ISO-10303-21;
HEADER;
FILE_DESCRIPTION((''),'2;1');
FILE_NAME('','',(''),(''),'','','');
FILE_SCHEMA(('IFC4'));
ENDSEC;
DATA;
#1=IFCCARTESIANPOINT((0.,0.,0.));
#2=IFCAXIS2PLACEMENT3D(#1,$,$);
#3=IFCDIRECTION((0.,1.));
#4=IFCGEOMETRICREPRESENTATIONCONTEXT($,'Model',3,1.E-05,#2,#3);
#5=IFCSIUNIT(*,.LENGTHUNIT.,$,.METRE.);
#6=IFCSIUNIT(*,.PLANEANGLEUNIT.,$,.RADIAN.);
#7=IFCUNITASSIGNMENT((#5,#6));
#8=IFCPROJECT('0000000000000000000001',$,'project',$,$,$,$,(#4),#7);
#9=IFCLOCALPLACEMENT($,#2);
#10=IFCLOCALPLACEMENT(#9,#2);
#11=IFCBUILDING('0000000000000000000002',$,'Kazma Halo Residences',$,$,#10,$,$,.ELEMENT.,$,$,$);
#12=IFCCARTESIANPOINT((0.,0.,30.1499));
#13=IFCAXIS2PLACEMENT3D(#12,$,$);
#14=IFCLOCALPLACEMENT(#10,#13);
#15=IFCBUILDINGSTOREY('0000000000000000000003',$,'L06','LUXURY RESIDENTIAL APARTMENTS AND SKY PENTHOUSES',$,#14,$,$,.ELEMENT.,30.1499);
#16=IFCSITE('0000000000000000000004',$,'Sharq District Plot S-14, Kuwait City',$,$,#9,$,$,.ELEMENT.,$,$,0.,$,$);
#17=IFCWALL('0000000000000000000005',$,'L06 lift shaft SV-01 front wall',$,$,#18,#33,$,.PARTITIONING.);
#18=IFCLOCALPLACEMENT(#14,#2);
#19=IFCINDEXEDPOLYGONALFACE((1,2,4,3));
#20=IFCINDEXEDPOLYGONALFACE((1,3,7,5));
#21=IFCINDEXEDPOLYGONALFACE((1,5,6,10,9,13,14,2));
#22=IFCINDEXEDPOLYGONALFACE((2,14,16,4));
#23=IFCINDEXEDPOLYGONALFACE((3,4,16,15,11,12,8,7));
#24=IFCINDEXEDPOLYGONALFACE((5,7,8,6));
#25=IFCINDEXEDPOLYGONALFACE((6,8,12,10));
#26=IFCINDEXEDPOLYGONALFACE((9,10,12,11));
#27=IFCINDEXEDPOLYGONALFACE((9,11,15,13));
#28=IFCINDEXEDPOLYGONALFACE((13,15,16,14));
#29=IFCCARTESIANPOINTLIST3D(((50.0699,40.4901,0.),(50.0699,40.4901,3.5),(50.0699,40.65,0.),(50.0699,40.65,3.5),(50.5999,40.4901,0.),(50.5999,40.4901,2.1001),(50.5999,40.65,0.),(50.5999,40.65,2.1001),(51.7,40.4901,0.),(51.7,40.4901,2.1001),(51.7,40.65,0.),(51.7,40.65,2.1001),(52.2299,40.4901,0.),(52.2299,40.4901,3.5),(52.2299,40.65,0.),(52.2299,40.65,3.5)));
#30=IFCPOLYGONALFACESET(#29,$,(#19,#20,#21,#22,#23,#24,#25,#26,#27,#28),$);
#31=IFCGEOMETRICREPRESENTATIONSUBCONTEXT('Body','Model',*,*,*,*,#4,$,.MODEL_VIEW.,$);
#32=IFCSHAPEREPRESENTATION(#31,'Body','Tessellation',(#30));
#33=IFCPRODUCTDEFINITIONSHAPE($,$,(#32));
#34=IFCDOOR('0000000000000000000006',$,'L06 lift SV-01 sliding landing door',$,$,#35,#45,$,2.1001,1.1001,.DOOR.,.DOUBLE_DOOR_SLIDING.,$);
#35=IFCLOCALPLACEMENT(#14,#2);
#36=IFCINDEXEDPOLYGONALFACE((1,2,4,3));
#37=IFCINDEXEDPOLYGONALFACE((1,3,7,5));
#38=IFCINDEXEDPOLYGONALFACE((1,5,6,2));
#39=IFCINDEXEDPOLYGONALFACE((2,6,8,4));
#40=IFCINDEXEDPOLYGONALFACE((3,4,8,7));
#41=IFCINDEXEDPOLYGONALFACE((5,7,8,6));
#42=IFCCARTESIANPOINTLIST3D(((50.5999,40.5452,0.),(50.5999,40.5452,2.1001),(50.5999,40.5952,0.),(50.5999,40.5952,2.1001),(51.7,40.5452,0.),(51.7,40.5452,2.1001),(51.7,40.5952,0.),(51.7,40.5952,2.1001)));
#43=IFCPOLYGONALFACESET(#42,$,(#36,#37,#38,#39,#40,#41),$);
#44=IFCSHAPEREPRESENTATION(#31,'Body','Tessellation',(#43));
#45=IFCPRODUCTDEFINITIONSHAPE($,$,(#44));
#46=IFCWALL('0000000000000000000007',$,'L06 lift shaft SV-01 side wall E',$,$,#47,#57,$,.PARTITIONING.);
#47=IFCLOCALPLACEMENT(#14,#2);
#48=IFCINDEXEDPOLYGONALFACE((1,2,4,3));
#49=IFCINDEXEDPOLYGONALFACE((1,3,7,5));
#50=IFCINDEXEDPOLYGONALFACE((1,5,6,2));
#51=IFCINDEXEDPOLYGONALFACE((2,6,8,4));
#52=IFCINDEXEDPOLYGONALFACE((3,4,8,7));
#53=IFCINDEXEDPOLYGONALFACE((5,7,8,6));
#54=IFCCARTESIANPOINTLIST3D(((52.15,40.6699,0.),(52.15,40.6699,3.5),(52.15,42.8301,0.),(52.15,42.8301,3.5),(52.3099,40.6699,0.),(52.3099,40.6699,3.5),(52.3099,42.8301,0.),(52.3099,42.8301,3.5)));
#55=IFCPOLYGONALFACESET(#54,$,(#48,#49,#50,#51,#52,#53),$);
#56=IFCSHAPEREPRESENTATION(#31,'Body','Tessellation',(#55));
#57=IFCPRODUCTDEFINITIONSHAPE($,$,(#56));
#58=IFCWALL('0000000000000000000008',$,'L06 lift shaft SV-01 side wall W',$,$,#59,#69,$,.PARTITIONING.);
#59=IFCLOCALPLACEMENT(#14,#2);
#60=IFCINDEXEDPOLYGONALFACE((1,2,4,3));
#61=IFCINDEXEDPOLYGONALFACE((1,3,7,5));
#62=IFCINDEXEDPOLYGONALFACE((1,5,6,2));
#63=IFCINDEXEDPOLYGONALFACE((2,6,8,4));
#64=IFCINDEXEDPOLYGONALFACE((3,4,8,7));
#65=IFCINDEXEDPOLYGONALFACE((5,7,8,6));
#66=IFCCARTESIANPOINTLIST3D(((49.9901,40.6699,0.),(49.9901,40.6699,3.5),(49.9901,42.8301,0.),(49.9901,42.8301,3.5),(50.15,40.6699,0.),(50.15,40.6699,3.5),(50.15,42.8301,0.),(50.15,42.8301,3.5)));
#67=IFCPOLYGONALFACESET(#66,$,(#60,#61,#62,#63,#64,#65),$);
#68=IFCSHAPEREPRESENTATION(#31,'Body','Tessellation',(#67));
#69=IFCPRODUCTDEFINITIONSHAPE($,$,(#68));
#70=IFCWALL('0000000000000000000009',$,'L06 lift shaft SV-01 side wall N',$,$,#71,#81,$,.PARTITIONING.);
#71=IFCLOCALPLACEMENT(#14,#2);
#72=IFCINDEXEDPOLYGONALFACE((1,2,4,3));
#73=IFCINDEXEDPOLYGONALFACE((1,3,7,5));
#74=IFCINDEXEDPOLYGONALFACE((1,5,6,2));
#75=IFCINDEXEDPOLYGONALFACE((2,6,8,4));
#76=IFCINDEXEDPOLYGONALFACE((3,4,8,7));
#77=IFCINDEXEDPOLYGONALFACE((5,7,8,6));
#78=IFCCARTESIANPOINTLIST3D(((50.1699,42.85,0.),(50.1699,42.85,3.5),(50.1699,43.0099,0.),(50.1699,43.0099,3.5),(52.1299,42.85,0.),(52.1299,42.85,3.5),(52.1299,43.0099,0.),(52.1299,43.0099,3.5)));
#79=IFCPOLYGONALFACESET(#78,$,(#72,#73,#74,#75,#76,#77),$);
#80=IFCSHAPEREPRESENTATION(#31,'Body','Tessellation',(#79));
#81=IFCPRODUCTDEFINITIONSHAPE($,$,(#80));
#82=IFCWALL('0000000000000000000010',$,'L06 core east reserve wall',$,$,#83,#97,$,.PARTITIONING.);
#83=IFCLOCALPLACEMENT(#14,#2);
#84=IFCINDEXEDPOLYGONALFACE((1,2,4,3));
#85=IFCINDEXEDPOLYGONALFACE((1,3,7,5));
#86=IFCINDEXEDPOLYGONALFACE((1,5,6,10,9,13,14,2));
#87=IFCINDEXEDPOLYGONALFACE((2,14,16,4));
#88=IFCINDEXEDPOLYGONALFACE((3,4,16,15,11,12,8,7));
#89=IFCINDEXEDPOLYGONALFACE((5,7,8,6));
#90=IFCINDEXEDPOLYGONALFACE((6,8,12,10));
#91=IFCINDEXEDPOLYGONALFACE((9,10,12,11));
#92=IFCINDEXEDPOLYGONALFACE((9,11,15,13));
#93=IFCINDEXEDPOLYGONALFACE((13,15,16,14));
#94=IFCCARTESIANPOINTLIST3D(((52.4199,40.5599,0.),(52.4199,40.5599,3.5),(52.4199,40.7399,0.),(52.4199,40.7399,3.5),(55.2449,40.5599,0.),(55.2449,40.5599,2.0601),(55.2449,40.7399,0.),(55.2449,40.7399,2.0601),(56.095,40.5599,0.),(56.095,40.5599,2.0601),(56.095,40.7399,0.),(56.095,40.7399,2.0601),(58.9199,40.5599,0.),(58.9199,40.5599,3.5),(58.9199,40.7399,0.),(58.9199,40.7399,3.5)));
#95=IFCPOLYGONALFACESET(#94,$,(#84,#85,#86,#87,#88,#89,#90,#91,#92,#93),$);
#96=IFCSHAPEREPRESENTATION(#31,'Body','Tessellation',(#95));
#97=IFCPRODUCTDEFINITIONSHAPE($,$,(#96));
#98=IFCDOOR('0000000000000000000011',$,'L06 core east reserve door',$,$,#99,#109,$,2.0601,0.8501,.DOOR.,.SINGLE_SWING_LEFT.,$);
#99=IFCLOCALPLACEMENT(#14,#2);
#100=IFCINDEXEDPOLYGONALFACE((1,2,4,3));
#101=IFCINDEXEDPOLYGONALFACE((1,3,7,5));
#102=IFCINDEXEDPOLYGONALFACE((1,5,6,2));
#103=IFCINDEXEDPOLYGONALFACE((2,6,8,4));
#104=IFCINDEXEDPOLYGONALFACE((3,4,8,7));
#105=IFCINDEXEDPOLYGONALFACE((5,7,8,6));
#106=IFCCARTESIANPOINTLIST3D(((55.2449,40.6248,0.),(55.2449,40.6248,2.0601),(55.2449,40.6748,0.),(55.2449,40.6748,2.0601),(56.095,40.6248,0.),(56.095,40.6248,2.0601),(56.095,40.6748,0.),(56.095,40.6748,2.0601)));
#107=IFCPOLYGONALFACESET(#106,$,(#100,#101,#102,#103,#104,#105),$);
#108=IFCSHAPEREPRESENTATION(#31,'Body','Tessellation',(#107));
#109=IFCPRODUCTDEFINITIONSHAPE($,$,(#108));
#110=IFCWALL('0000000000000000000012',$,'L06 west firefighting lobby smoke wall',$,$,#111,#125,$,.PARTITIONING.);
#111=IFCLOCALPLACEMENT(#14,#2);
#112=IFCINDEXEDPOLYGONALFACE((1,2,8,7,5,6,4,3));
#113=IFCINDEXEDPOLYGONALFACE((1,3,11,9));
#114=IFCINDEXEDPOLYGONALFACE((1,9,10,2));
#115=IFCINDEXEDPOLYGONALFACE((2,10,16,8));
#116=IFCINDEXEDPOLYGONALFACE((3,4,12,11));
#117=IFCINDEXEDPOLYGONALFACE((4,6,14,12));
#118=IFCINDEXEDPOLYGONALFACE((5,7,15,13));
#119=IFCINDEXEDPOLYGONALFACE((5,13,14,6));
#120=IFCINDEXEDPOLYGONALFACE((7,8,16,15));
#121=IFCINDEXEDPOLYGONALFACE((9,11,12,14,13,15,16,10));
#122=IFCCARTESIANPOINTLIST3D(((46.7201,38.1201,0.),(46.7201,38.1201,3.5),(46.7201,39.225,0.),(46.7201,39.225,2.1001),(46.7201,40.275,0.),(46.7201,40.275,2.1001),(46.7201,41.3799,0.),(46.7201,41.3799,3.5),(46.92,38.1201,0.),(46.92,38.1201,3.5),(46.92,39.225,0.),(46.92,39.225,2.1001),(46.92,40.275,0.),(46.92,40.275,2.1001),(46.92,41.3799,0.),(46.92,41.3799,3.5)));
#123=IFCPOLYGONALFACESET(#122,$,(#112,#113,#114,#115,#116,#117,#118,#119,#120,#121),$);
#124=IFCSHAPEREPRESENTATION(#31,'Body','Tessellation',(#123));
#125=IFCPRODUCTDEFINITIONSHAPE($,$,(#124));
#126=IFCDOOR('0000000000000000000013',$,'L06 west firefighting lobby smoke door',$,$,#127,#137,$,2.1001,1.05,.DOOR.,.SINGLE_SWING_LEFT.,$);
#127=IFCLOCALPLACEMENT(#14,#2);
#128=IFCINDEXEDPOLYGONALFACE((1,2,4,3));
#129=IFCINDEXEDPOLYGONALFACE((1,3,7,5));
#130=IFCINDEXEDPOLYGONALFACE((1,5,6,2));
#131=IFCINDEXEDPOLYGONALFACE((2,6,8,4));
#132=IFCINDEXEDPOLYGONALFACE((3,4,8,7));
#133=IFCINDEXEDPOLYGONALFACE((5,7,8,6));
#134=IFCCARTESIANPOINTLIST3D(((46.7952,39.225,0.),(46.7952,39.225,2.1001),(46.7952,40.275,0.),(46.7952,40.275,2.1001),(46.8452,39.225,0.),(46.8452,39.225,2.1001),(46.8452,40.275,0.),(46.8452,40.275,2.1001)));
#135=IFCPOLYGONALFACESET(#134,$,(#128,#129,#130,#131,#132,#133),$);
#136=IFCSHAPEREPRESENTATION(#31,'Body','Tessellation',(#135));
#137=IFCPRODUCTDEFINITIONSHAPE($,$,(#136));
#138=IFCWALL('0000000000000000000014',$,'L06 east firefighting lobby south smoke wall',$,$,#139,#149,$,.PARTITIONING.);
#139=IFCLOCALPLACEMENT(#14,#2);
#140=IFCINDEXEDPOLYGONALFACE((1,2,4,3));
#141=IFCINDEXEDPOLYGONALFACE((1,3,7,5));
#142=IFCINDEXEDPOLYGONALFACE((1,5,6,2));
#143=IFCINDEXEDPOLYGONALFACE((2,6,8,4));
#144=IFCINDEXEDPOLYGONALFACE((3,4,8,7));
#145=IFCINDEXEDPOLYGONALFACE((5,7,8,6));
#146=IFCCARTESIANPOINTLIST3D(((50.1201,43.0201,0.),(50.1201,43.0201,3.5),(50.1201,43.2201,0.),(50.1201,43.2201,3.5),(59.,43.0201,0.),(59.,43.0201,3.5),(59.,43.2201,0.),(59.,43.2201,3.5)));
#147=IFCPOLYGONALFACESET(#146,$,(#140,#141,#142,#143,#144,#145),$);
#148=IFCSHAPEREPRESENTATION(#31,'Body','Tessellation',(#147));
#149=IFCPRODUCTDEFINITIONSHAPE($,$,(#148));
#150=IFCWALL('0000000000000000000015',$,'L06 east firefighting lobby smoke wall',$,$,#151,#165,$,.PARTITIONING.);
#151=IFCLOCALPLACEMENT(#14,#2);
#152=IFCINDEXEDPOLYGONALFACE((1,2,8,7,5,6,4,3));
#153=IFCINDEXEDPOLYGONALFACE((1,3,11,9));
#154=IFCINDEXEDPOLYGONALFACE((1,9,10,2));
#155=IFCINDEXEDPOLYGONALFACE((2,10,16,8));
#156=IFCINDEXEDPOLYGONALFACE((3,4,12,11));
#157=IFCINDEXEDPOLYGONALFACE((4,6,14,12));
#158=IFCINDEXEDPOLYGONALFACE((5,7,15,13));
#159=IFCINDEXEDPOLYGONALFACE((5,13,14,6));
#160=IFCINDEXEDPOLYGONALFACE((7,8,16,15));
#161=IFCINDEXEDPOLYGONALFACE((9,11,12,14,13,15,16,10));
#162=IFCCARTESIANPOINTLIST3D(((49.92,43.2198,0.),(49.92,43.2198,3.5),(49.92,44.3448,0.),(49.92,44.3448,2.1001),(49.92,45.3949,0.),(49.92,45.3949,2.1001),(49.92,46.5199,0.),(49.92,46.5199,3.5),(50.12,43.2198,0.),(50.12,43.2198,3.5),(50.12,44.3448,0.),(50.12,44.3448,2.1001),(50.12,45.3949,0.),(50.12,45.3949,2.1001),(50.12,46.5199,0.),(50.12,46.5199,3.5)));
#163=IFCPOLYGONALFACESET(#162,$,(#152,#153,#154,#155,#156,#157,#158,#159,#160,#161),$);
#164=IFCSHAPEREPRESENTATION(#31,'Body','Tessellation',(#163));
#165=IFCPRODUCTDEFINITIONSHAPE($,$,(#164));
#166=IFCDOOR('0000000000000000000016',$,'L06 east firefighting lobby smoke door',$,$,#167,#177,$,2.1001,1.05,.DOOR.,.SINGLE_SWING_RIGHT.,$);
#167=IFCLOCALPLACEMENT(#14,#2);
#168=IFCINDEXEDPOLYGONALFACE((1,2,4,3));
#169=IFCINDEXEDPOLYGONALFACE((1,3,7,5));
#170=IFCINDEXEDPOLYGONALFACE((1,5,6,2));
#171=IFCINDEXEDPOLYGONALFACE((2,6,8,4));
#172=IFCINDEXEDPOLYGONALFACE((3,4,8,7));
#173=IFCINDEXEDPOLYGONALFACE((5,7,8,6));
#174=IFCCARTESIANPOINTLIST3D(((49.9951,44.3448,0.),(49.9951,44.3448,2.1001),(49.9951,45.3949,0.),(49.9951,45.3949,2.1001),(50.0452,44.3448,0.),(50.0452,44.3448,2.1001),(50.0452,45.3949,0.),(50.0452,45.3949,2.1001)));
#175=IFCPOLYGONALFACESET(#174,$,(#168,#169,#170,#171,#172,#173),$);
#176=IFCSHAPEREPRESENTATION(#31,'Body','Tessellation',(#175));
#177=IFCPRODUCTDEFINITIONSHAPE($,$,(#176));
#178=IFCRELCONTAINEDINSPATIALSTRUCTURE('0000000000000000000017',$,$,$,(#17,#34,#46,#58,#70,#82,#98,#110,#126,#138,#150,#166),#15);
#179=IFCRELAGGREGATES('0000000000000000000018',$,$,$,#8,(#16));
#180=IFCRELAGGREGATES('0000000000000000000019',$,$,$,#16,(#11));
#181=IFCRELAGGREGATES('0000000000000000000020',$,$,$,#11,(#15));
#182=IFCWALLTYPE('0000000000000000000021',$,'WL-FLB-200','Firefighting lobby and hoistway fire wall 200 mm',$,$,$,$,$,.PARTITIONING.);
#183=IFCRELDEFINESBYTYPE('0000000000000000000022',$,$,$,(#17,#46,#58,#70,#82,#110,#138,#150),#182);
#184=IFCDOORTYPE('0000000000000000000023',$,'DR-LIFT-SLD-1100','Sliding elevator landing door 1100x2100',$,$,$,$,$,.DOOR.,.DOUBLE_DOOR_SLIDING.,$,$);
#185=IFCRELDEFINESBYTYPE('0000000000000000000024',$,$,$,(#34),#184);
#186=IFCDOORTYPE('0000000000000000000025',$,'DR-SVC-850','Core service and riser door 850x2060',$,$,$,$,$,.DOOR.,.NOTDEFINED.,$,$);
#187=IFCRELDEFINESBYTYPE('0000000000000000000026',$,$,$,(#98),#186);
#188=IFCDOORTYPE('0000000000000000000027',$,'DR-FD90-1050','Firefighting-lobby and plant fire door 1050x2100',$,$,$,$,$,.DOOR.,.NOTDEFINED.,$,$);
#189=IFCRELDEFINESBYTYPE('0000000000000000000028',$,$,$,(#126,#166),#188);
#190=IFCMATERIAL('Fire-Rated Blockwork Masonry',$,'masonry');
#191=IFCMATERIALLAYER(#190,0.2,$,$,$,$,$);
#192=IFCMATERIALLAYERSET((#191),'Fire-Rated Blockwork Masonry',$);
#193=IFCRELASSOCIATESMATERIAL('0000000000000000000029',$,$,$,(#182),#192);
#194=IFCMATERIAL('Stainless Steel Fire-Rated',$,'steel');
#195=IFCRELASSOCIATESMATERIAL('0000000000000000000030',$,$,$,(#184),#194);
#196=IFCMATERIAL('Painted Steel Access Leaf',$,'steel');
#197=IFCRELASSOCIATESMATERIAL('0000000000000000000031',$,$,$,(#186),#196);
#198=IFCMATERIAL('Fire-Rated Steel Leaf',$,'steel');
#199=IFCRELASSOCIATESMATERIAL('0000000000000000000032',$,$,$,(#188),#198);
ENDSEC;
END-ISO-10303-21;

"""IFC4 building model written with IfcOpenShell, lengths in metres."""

from ifc_helpers import new_model, si_unit, direction, frame, frame_2d, origin, place, context, subcontext, project, spatial, rectangle, extrude, material, layer, layer_set, type_object, element, fill, save


model = new_model("IFC4")

# Units and contexts
model_context = context("Model", 3, precision=1e-05, world=origin(), true_north=direction((0.0, 1.0)))
body_context = subcontext(model_context, "Body", "Model", "MODEL_VIEW")
ifc_project = project(units=[si_unit("LENGTHUNIT", "METRE"), si_unit("PLANEANGLEUNIT", "RADIAN")], contexts=[model_context])

# Site, building, storey
site_placement = place(None, origin())
site = spatial("IfcSite", under=ifc_project, at=site_placement, Name="Sharq District Plot S-14, Kuwait City", CompositionType="ELEMENT", RefElevation=0.0)
building_placement = place(site_placement, origin())
building = spatial("IfcBuilding", under=site, at=building_placement, Name="Kazma Halo Residences", CompositionType="ELEMENT")
storey_placement = place(building_placement, frame((0.0, 0.0, 30.1499)))
storey = spatial("IfcBuildingStorey", under=building, at=storey_placement, Name="L06", Description="LUXURY RESIDENTIAL APARTMENTS AND SKY PENTHOUSES", CompositionType="ELEMENT", Elevation=30.1499)

# Shared definitions
ifc_material_1 = material(Name="Fire-Rated Blockwork Masonry", Category="masonry")
ifc_layer_1 = layer(ifc_material_1, 0.2)
ifc_layer_set_1 = layer_set([ifc_layer_1], Name="Fire-Rated Blockwork Masonry")
wall_type_1 = type_object("IfcWallType", Name="WL-FLB-200", Description="Firefighting lobby and hoistway fire wall 200 mm", PredefinedType="PARTITIONING", material=ifc_layer_set_1)

# Wall, opening, door
wall_1_placement = place(storey_placement, frame((52.23, 40.5701, 0.0), z_axis=(0.0, 0.0, 1.0), x_axis=(-1.0, 0.0, 0.0)))
wall_1 = element("IfcWall", 1, at=wall_1_placement, inside=storey, type_object=wall_type_1, Name="L06 lift shaft SV-01 front wall", PredefinedType="PARTITIONING", context=body_context, shape_type="SweptSolid", body=[
    extrude(rectangle(XDim=2.1599, YDim=0.1599, at=frame_2d((1.0801, 0.0))), origin(), (0.0, 0.0, 1.0), 3.5),
])
opening_1_placement = place(wall_1_placement, frame((0.53, 0.0, 0.0)))
opening_1 = element("IfcOpeningElement", 2, at=opening_1_placement, cuts=wall_1, PredefinedType="OPENING", context=body_context, shape_type="SweptSolid", body=[
    extrude(rectangle(XDim=1.1001, YDim=2.1001, at=frame_2d((0.55, 1.05))), frame((0.0, 0.0898, 0.0), z_axis=(0.0, -1.0, 0.0), x_axis=(1.0, 0.0, 0.0)), (0.0, 0.0, 1.0), 0.1799),
])
ifc_material_2 = material(Name="Stainless Steel Fire-Rated", Category="steel")
door_type_1 = type_object("IfcDoorType", Name="DR-LIFT-SLD-1100", Description="Sliding elevator landing door 1100x2100", OperationType="DOUBLE_DOOR_SLIDING", PredefinedType="DOOR", material=ifc_material_2)
door_1_placement = place(opening_1_placement, origin())
door_1 = element("IfcDoor", 3, at=door_1_placement, inside=storey, type_object=door_type_1, Name="L06 lift SV-01 sliding landing door", OperationType="DOUBLE_DOOR_SLIDING", OverallHeight=2.1001, OverallWidth=1.1001, PredefinedType="DOOR", context=body_context, shape_type="SweptSolid", body=[
    extrude(rectangle(XDim=1.1001, YDim=2.1001, at=frame_2d((0.55, 1.05))), frame((0.0, 0.0249, 0.0), z_axis=(0.0, -1.0, 0.0), x_axis=(1.0, 0.0, 0.0)), (0.0, 0.0, 1.0), 0.05),
])
fill(opening_1, door_1)

# Walls
for number, where, z_axis, x_axis, name in (
    (4, (52.23, 40.6699, 0.0), (0.0, 0.0, 1.0), (0.0, 1.0, 0.0), "L06 lift shaft SV-01 side wall E"),
    (5, (50.0701, 40.6699, 0.0), (0.0, 0.0, 1.0), (0.0, 1.0, 0.0), "L06 lift shaft SV-01 side wall W"),
):
    element("IfcWall", number, at=place(storey_placement, frame(where, z_axis=z_axis, x_axis=x_axis)), inside=storey, type_object=wall_type_1, Name=name, PredefinedType="PARTITIONING", context=body_context, shape_type="SweptSolid", body=[
        extrude(rectangle(XDim=2.1602, YDim=0.1599, at=frame_2d((1.0801, 0.0))), origin(), (0.0, 0.0, 1.0), 3.5),
    ])
wall_2_placement = place(storey_placement, frame((50.1699, 42.9299, 0.0), z_axis=(0.0, 0.0, 1.0), x_axis=(1.0, 0.0, 0.0)))
element("IfcWall", 6, at=wall_2_placement, inside=storey, type_object=wall_type_1, Name="L06 lift shaft SV-01 side wall N", PredefinedType="PARTITIONING", context=body_context, shape_type="SweptSolid", body=[
    extrude(rectangle(XDim=1.96, YDim=0.1599, at=frame_2d((0.98, 0.0))), origin(), (0.0, 0.0, 1.0), 3.5),
])

# Walls, openings, doors
wall_3_placement = place(storey_placement, frame((52.4199, 40.6499, 0.0), z_axis=(0.0, 0.0, 1.0), x_axis=(1.0, 0.0, 0.0)))
wall_3 = element("IfcWall", 7, at=wall_3_placement, inside=storey, type_object=wall_type_1, Name="L06 core east reserve wall", PredefinedType="PARTITIONING", context=body_context, shape_type="SweptSolid", body=[
    extrude(rectangle(XDim=6.5, YDim=0.1799, at=frame_2d((3.25, 0.0))), origin(), (0.0, 0.0, 1.0), 3.5),
])
opening_2_placement = place(wall_3_placement, frame((2.825, 0.0, 0.0)))
opening_2 = element("IfcOpeningElement", 8, at=opening_2_placement, cuts=wall_3, PredefinedType="OPENING", context=body_context, shape_type="SweptSolid", body=[
    extrude(rectangle(XDim=0.8501, YDim=2.0601, at=frame_2d((0.425, 1.03))), frame((0.0, 0.0999, 0.0), z_axis=(0.0, -1.0, 0.0), x_axis=(1.0, 0.0, 0.0)), (0.0, 0.0, 1.0), 0.2),
])
ifc_material_3 = material(Name="Painted Steel Access Leaf", Category="steel")
door_type_2 = type_object("IfcDoorType", Name="DR-SVC-850", Description="Core service and riser door 850x2060", OperationType="NOTDEFINED", PredefinedType="DOOR", material=ifc_material_3)
door_2_placement = place(opening_2_placement, origin())
door_2 = element("IfcDoor", 9, at=door_2_placement, inside=storey, type_object=door_type_2, Name="L06 core east reserve door", OperationType="SINGLE_SWING_LEFT", OverallHeight=2.0601, OverallWidth=0.8501, PredefinedType="DOOR", context=body_context, shape_type="SweptSolid", body=[
    extrude(rectangle(XDim=0.8501, YDim=2.0601, at=frame_2d((0.425, 1.03))), frame((0.0, 0.0249, 0.0), z_axis=(0.0, -1.0, 0.0), x_axis=(1.0, 0.0, 0.0)), (0.0, 0.0, 1.0), 0.05),
])
fill(opening_2, door_2)
wall_4_placement = place(storey_placement, frame((46.8201, 38.1201, 0.0), z_axis=(0.0, 0.0, 1.0), x_axis=(0.0, 1.0, 0.0)))
wall_4 = element("IfcWall", 10, at=wall_4_placement, inside=storey, type_object=wall_type_1, Name="L06 west firefighting lobby smoke wall", PredefinedType="PARTITIONING", context=body_context, shape_type="SweptSolid", body=[
    extrude(rectangle(XDim=3.2598, YDim=0.2, at=frame_2d((1.6299, 0.0))), origin(), (0.0, 0.0, 1.0), 3.5),
])
opening_3_placement = place(wall_4_placement, frame((1.105, 0.0, 0.0)))
opening_3 = element("IfcOpeningElement", 11, at=opening_3_placement, cuts=wall_4, PredefinedType="OPENING", context=body_context, shape_type="SweptSolid", body=[
    extrude(rectangle(XDim=1.05, YDim=2.1001, at=frame_2d((0.5249, 1.05))), frame((0.0, 0.1099, 0.0), z_axis=(0.0, -1.0, 0.0), x_axis=(1.0, 0.0, 0.0)), (0.0, 0.0, 1.0), 0.22),
])
ifc_material_4 = material(Name="Fire-Rated Steel Leaf", Category="steel")
door_type_3 = type_object("IfcDoorType", Name="DR-FD90-1050", Description="Firefighting-lobby and plant fire door 1050x2100", OperationType="NOTDEFINED", PredefinedType="DOOR", material=ifc_material_4)
door_3_placement = place(opening_3_placement, origin())
door_3 = element("IfcDoor", 12, at=door_3_placement, inside=storey, type_object=door_type_3, Name="L06 west firefighting lobby smoke door", OperationType="SINGLE_SWING_LEFT", OverallHeight=2.1001, OverallWidth=1.05, PredefinedType="DOOR", context=body_context, shape_type="SweptSolid", body=[
    extrude(rectangle(XDim=1.05, YDim=2.1001, at=frame_2d((0.5249, 1.05))), frame((0.0, 0.0249, 0.0), z_axis=(0.0, -1.0, 0.0), x_axis=(1.0, 0.0, 0.0)), (0.0, 0.0, 1.0), 0.05),
])
fill(opening_3, door_3)

# Wall
wall_5_placement = place(storey_placement, frame((50.1201, 43.1201, 0.0), z_axis=(0.0, 0.0, 1.0), x_axis=(1.0, 0.0, 0.0)))
element("IfcWall", 13, at=wall_5_placement, inside=storey, type_object=wall_type_1, Name="L06 east firefighting lobby south smoke wall", PredefinedType="PARTITIONING", context=body_context, shape_type="SweptSolid", body=[
    extrude(rectangle(XDim=8.8799, YDim=0.2, at=frame_2d((4.4399, 0.0))), origin(), (0.0, 0.0, 1.0), 3.5),
])

# Wall, opening, door
wall_6_placement = place(storey_placement, frame((50.02, 43.22, 0.0), z_axis=(0.0, 0.0, 1.0), x_axis=(0.0, 1.0, 0.0)))
wall_6 = element("IfcWall", 14, at=wall_6_placement, inside=storey, type_object=wall_type_1, Name="L06 east firefighting lobby smoke wall", PredefinedType="PARTITIONING", context=body_context, shape_type="SweptSolid", body=[
    extrude(rectangle(XDim=3.3, YDim=0.2, at=frame_2d((1.6499, 0.0))), origin(), (0.0, 0.0, 1.0), 3.5),
])
opening_4_placement = place(wall_6_placement, frame((1.125, 0.0, 0.0)))
opening_4 = element("IfcOpeningElement", 15, at=opening_4_placement, cuts=wall_6, PredefinedType="OPENING", context=body_context, shape_type="SweptSolid", body=[
    extrude(rectangle(XDim=1.05, YDim=2.1001, at=frame_2d((0.5249, 1.05))), frame((0.0, 0.1099, 0.0), z_axis=(0.0, -1.0, 0.0), x_axis=(1.0, 0.0, 0.0)), (0.0, 0.0, 1.0), 0.22),
])
door_4_placement = place(opening_4_placement, origin())
door_4 = element("IfcDoor", 16, at=door_4_placement, inside=storey, type_object=door_type_3, Name="L06 east firefighting lobby smoke door", OperationType="SINGLE_SWING_RIGHT", OverallHeight=2.1001, OverallWidth=1.05, PredefinedType="DOOR", context=body_context, shape_type="SweptSolid", body=[
    extrude(rectangle(XDim=1.05, YDim=2.1001, at=frame_2d((0.5249, 1.05))), frame((0.0, 0.0249, 0.0), z_axis=(0.0, -1.0, 0.0), x_axis=(1.0, 0.0, 0.0)), (0.0, 0.0, 1.0), 0.05),
])
fill(opening_4, door_4)

save(model, "model.ifc")
